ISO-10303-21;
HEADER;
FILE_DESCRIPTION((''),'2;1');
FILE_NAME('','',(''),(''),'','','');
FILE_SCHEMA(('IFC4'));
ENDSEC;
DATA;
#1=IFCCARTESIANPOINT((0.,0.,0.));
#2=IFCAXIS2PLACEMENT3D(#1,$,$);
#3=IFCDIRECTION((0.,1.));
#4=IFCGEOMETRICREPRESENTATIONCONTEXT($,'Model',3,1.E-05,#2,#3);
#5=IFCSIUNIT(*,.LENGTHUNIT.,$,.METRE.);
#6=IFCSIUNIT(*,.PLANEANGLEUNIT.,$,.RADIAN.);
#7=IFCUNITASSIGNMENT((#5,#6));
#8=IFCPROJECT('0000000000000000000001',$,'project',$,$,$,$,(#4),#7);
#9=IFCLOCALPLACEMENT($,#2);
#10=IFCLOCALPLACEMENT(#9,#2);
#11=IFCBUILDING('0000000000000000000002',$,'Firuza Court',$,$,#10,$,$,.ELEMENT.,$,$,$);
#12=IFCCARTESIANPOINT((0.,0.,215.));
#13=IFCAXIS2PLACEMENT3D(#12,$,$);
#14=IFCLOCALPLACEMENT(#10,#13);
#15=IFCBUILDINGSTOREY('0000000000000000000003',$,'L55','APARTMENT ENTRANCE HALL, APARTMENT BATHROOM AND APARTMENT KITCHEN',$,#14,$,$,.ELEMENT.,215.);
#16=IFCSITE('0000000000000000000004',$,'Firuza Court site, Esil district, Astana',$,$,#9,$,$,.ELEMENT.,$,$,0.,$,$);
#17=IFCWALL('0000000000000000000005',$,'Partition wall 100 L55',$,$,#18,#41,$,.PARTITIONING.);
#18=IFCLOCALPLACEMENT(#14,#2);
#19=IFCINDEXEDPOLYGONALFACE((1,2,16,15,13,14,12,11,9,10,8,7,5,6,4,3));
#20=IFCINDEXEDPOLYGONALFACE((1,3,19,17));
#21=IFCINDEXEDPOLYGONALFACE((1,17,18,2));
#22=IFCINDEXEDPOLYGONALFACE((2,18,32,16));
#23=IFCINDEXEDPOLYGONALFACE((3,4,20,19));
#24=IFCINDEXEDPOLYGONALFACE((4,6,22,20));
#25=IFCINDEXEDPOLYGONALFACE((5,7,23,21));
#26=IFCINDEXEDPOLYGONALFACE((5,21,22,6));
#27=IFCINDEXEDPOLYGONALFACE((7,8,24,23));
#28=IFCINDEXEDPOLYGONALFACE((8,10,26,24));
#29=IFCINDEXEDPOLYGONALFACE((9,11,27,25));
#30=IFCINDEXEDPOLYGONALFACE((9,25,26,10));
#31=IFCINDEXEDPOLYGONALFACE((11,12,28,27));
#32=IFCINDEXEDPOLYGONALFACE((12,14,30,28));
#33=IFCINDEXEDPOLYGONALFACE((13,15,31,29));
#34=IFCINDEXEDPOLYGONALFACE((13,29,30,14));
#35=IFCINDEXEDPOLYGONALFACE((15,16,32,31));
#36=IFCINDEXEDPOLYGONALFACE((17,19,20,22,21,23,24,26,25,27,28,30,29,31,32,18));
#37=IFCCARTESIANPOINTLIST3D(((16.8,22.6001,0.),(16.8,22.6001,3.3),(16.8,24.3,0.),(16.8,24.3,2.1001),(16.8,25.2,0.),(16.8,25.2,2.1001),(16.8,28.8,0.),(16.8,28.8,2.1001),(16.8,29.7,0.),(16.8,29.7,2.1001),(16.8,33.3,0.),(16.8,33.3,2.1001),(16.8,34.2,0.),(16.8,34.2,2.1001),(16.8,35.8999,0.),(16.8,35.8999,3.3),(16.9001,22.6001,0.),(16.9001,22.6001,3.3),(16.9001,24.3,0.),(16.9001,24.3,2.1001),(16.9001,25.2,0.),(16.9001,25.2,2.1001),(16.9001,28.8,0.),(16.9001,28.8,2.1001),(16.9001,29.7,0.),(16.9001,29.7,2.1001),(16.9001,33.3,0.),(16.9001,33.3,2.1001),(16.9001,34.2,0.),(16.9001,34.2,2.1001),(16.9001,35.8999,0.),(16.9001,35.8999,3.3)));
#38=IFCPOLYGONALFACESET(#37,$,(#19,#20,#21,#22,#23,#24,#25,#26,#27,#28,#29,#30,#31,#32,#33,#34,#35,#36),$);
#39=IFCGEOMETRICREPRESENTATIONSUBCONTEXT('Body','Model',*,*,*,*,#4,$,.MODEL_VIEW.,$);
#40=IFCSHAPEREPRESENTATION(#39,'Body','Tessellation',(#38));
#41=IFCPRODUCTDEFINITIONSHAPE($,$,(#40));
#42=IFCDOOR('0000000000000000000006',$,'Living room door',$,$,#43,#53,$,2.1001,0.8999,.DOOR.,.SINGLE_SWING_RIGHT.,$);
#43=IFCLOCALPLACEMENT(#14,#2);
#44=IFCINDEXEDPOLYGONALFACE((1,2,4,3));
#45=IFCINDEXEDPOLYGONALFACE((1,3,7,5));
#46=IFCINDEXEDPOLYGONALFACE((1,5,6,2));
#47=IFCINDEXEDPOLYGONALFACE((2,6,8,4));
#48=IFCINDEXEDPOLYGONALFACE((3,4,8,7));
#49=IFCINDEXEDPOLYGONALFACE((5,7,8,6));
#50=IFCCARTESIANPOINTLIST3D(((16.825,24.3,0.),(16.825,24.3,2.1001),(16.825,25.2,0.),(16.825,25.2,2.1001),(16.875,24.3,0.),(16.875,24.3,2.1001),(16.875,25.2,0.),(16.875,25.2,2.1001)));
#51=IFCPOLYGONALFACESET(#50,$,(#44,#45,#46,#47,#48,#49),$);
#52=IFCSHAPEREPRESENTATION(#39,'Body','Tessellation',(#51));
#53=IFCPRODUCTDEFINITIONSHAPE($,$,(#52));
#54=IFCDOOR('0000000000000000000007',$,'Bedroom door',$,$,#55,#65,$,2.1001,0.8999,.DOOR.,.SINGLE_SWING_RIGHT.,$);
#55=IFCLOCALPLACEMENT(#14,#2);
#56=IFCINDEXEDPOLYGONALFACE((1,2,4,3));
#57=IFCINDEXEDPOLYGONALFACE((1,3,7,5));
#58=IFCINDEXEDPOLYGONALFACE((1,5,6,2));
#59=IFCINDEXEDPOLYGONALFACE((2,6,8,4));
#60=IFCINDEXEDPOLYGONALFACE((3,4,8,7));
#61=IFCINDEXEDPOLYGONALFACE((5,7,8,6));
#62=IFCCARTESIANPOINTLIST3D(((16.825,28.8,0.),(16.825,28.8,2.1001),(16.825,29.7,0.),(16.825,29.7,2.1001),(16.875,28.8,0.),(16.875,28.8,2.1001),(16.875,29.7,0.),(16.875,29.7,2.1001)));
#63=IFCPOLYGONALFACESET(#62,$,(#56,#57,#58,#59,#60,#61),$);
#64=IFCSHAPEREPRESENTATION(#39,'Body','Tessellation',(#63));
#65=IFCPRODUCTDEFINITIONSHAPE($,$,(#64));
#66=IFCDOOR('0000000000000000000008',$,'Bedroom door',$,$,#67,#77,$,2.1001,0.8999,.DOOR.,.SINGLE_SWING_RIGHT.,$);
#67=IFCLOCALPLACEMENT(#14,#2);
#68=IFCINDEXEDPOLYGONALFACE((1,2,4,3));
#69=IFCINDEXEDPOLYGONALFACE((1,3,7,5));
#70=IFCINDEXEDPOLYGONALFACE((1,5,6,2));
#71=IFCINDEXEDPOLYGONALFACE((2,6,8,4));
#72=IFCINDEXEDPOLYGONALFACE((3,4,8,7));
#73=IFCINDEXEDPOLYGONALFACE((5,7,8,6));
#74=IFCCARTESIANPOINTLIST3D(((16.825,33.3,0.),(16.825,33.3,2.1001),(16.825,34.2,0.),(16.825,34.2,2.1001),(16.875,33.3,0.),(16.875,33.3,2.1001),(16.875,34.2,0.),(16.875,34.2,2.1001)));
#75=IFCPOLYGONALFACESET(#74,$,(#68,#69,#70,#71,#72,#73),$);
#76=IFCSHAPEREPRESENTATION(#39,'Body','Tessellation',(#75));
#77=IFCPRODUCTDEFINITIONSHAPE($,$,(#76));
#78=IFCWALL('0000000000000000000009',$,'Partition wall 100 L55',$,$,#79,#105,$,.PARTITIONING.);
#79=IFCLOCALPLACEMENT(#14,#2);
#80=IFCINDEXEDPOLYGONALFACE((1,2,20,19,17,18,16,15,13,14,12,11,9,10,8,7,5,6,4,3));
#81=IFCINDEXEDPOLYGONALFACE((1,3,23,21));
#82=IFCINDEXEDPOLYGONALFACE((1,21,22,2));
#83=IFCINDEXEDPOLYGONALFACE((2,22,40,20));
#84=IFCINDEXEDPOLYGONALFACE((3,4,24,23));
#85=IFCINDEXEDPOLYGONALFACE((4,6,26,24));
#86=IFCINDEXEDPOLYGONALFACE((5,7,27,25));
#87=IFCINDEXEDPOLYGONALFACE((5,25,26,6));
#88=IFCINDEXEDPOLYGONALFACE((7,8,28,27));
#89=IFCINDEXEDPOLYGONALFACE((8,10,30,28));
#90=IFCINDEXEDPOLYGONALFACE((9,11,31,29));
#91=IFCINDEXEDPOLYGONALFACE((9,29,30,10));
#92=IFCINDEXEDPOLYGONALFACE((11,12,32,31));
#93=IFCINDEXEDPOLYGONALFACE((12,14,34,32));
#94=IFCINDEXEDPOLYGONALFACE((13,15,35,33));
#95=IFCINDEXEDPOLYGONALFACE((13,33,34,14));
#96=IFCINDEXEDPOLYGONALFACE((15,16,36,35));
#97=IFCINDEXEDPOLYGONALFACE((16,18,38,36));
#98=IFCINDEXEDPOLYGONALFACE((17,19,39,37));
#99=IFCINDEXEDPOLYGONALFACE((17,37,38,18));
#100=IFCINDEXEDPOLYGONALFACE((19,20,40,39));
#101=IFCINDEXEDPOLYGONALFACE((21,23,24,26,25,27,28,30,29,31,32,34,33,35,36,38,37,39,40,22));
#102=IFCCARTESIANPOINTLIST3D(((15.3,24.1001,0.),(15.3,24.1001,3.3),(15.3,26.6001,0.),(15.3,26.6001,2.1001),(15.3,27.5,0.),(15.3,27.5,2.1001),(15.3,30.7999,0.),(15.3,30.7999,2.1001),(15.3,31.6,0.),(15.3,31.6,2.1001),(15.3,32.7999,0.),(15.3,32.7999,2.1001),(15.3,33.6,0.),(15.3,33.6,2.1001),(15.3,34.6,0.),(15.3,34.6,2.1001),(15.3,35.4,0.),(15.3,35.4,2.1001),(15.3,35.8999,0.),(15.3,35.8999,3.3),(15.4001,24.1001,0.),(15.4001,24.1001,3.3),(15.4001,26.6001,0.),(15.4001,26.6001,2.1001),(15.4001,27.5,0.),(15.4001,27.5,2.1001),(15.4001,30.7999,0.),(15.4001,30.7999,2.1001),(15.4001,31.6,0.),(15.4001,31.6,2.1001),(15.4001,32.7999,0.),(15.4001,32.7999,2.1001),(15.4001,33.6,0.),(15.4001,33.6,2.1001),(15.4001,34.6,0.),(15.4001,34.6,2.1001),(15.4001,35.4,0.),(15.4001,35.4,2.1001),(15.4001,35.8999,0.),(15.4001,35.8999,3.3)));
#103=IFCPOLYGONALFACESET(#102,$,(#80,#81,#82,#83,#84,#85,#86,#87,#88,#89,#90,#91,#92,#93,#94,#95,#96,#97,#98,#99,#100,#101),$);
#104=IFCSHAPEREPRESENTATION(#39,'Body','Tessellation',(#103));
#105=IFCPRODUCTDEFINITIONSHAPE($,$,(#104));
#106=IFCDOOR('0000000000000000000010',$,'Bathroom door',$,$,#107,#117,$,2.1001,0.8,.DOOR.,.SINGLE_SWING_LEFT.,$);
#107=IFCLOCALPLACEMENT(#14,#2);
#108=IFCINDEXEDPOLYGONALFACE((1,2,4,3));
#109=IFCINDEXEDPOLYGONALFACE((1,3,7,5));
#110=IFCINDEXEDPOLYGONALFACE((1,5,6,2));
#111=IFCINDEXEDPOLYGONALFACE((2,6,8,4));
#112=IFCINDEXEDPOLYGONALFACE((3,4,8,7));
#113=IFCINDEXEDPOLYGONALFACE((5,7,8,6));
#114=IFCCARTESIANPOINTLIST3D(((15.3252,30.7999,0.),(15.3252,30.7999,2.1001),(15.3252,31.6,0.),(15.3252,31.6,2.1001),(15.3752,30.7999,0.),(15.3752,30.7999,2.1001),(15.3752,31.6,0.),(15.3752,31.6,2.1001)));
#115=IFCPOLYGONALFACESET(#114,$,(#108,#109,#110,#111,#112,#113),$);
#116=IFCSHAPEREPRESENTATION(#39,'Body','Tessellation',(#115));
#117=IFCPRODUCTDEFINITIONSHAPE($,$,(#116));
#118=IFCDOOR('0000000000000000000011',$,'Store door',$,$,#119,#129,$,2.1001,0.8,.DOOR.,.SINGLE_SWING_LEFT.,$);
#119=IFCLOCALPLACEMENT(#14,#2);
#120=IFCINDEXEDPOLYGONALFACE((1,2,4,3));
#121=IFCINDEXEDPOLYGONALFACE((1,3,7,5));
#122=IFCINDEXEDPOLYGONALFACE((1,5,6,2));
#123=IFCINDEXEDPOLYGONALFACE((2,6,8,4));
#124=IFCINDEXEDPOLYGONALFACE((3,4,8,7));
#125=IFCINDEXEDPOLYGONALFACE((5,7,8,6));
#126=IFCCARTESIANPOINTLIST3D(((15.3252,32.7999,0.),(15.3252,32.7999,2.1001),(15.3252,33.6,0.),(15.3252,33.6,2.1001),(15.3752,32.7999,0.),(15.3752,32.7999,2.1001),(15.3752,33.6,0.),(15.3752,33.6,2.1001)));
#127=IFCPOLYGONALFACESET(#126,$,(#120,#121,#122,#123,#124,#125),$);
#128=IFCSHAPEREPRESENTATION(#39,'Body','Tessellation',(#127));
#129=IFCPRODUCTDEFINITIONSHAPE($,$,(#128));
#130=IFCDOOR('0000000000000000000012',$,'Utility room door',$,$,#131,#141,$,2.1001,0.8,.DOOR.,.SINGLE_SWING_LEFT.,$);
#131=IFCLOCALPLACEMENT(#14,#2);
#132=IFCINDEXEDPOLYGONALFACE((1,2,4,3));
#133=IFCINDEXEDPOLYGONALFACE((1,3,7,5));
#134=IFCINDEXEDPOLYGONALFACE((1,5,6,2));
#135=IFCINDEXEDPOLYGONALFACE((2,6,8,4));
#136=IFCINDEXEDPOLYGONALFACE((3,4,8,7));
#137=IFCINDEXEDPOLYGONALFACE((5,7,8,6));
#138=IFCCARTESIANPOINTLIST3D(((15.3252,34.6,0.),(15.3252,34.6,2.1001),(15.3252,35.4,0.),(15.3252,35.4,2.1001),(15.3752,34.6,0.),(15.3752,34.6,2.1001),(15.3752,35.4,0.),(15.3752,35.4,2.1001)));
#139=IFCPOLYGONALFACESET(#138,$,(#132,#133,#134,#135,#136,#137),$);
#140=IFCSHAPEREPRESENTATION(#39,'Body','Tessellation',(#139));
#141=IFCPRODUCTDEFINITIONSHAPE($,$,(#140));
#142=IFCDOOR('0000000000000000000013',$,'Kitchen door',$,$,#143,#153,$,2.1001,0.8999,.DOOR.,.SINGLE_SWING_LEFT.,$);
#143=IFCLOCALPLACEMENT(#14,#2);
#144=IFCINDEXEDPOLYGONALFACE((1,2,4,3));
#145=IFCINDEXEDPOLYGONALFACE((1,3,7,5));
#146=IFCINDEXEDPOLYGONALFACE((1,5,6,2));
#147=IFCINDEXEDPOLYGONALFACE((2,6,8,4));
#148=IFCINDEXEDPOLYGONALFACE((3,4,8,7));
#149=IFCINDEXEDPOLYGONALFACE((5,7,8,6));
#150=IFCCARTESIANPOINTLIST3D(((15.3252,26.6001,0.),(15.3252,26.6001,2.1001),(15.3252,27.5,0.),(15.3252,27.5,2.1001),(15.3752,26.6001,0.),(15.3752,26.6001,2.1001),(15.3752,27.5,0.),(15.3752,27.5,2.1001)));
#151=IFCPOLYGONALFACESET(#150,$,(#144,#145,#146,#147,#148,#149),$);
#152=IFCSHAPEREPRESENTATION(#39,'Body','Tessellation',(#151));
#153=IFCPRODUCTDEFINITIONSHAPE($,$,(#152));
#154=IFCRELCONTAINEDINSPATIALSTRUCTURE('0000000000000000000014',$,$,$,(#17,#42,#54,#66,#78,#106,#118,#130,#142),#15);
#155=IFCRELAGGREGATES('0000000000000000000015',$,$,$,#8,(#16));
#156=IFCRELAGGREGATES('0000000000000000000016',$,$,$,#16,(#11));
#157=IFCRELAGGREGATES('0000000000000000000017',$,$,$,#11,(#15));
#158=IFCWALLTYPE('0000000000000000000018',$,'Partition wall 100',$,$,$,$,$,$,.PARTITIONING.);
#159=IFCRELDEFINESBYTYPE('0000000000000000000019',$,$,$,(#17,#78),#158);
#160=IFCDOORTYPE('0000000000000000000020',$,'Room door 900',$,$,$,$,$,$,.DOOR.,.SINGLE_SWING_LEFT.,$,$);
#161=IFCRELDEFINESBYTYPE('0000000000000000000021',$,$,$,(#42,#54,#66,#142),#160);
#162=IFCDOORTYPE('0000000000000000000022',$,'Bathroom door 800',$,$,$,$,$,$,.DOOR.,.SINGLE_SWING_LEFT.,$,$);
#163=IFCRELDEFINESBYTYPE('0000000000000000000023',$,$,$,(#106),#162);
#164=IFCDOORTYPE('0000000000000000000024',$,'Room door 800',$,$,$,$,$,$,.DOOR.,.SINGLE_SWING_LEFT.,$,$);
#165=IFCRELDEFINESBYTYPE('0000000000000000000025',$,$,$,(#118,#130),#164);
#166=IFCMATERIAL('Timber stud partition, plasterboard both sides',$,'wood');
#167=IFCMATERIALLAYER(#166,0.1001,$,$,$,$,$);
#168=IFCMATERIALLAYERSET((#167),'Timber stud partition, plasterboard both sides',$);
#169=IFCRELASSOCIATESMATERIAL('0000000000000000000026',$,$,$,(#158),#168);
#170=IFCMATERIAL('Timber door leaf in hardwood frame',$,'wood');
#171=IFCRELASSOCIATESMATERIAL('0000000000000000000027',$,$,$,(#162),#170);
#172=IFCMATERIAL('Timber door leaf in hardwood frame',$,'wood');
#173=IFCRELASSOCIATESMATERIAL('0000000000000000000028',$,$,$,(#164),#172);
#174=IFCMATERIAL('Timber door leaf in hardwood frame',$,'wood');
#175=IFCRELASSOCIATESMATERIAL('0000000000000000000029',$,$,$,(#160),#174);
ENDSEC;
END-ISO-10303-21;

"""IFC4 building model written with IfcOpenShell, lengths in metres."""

from ifc_helpers import new_model, si_unit, direction, frame, frame_2d, origin, place, context, subcontext, project, spatial, rectangle, extrude, material, layer, layer_set, type_object, element, fill, save


model = new_model("IFC4")

# Units and contexts
model_context = context("Model", 3, precision=1e-05, world=origin(), true_north=direction((0.0, 1.0)))
body_context = subcontext(model_context, "Body", "Model", "MODEL_VIEW")
ifc_project = project(units=[si_unit("LENGTHUNIT", "METRE"), si_unit("PLANEANGLEUNIT", "RADIAN")], contexts=[model_context])

# Site, building, storey
site_placement = place(None, origin())
site = spatial("IfcSite", under=ifc_project, at=site_placement, Name="Firuza Court site, Esil district, Astana", CompositionType="ELEMENT", RefElevation=0.0)
building_placement = place(site_placement, origin())
building = spatial("IfcBuilding", under=site, at=building_placement, Name="Firuza Court", CompositionType="ELEMENT")
storey_placement = place(building_placement, frame((0.0, 0.0, 215.0)))
storey = spatial("IfcBuildingStorey", under=building, at=storey_placement, Name="L55", Description="APARTMENT ENTRANCE HALL, APARTMENT BATHROOM AND APARTMENT KITCHEN", CompositionType="ELEMENT", Elevation=215.0)

# Shared definitions
ifc_material_1 = material(Name="Timber stud partition, plasterboard both sides", Category="wood")
ifc_layer = layer(ifc_material_1, 0.1001)
ifc_layer_set = layer_set([ifc_layer], Name="Timber stud partition, plasterboard both sides")
wall_type = type_object("IfcWallType", Name="Partition wall 100", PredefinedType="PARTITIONING", material=ifc_layer_set)
ifc_material_2 = material(Name="Timber door leaf in hardwood frame", Category="wood")
door_type_1 = type_object("IfcDoorType", Name="Bathroom door 800", OperationType="SINGLE_SWING_LEFT", PredefinedType="DOOR", material=ifc_material_2)
ifc_material_3 = material(Name="Timber door leaf in hardwood frame", Category="wood")
door_type_2 = type_object("IfcDoorType", Name="Room door 800", OperationType="SINGLE_SWING_LEFT", PredefinedType="DOOR", material=ifc_material_3)

# Shared definitions
ifc_material_4 = material(Name="Timber door leaf in hardwood frame", Category="wood")
door_type_3 = type_object("IfcDoorType", Name="Room door 900", OperationType="SINGLE_SWING_LEFT", PredefinedType="DOOR", material=ifc_material_4)

# Walls, openings, doors
wall_1_placement = place(storey_placement, frame((16.8501, 22.6001, 0.0), z_axis=(0.0, 0.0, 1.0), x_axis=(0.0, 1.0, 0.0)))
wall_1 = element("IfcWall", 1, at=wall_1_placement, inside=storey, type_object=wall_type, Name="Partition wall 100 L55", PredefinedType="PARTITIONING", context=body_context, shape_type="SweptSolid", body=[
    extrude(rectangle(XDim=13.2998, YDim=0.1001, at=frame_2d((6.6499, 0.0))), origin(), (0.0, 0.0, 1.0), 3.3),
])
opening_1_placement = place(wall_1_placement, frame((1.7, 0.0, 0.0)))
opening_1 = element("IfcOpeningElement", 2, at=opening_1_placement, cuts=wall_1, PredefinedType="OPENING", context=body_context, shape_type="SweptSolid", body=[
    extrude(rectangle(XDim=0.8999, YDim=2.1001, at=frame_2d((0.45, 1.05))), frame((0.0, 0.062, 0.0), z_axis=(0.0, -1.0, 0.0), x_axis=(1.0, 0.0, 0.0)), (0.0, 0.0, 1.0), 0.124),
])
opening_2_placement = place(wall_1_placement, frame((6.2, 0.0, 0.0)))
opening_2 = element("IfcOpeningElement", 3, at=opening_2_placement, cuts=wall_1, PredefinedType="OPENING", context=body_context, shape_type="SweptSolid", body=[
    extrude(rectangle(XDim=0.8999, YDim=2.1001, at=frame_2d((0.45, 1.05))), frame((0.0, 0.062, 0.0), z_axis=(0.0, -1.0, 0.0), x_axis=(1.0, 0.0, 0.0)), (0.0, 0.0, 1.0), 0.124),
])
opening_3_placement = place(wall_1_placement, frame((10.7, 0.0, 0.0)))
opening_3 = element("IfcOpeningElement", 4, at=opening_3_placement, cuts=wall_1, PredefinedType="OPENING", context=body_context, shape_type="SweptSolid", body=[
    extrude(rectangle(XDim=0.8999, YDim=2.1001, at=frame_2d((0.45, 1.05))), frame((0.0, 0.062, 0.0), z_axis=(0.0, -1.0, 0.0), x_axis=(1.0, 0.0, 0.0)), (0.0, 0.0, 1.0), 0.124),
])
door_1_placement = place(opening_1_placement, frame((0.8999, 0.0, 0.0), z_axis=(0.0, 0.0, 1.0), x_axis=(-1.0, 0.0, 0.0)))
door_1 = element("IfcDoor", 5, at=door_1_placement, inside=storey, type_object=door_type_3, Name="Living room door", OperationType="SINGLE_SWING_RIGHT", OverallHeight=2.1001, OverallWidth=0.8999, PredefinedType="DOOR", context=body_context, shape_type="SweptSolid", body=[
    extrude(rectangle(XDim=0.8999, YDim=2.1001, at=frame_2d((0.45, 1.05))), frame((0.0, 0.0249, 0.0), z_axis=(0.0, -1.0, 0.0), x_axis=(1.0, 0.0, 0.0)), (0.0, 0.0, 1.0), 0.05),
])
fill(opening_1, door_1)
door_2_placement = place(opening_2_placement, frame((0.8999, 0.0, 0.0), z_axis=(0.0, 0.0, 1.0), x_axis=(-1.0, 0.0, 0.0)))
door_2 = element("IfcDoor", 6, at=door_2_placement, inside=storey, type_object=door_type_3, Name="Bedroom door", OperationType="SINGLE_SWING_RIGHT", OverallHeight=2.1001, OverallWidth=0.8999, PredefinedType="DOOR", context=body_context, shape_type="SweptSolid", body=[
    extrude(rectangle(XDim=0.8999, YDim=2.1001, at=frame_2d((0.45, 1.05))), frame((0.0, 0.0249, 0.0), z_axis=(0.0, -1.0, 0.0), x_axis=(1.0, 0.0, 0.0)), (0.0, 0.0, 1.0), 0.05),
])
fill(opening_2, door_2)
door_3_placement = place(opening_3_placement, frame((0.8999, 0.0, 0.0), z_axis=(0.0, 0.0, 1.0), x_axis=(-1.0, 0.0, 0.0)))
door_3 = element("IfcDoor", 7, at=door_3_placement, inside=storey, type_object=door_type_3, Name="Bedroom door", OperationType="SINGLE_SWING_RIGHT", OverallHeight=2.1001, OverallWidth=0.8999, PredefinedType="DOOR", context=body_context, shape_type="SweptSolid", body=[
    extrude(rectangle(XDim=0.8999, YDim=2.1001, at=frame_2d((0.45, 1.05))), frame((0.0, 0.0249, 0.0), z_axis=(0.0, -1.0, 0.0), x_axis=(1.0, 0.0, 0.0)), (0.0, 0.0, 1.0), 0.05),
])
fill(opening_3, door_3)
wall_2_placement = place(storey_placement, frame((15.3501, 24.1001, 0.0), z_axis=(0.0, 0.0, 1.0), x_axis=(0.0, 1.0, 0.0)))
wall_2 = element("IfcWall", 8, at=wall_2_placement, inside=storey, type_object=wall_type, Name="Partition wall 100 L55", PredefinedType="PARTITIONING", context=body_context, shape_type="SweptSolid", body=[
    extrude(rectangle(XDim=11.7998, YDim=0.1001, at=frame_2d((5.8999, 0.0))), origin(), (0.0, 0.0, 1.0), 3.3),
])
opening_4_placement = place(wall_2_placement, frame((6.7, 0.0, 0.0)))
opening_4 = element("IfcOpeningElement", 9, at=opening_4_placement, cuts=wall_2, PredefinedType="OPENING", context=body_context, shape_type="SweptSolid", body=[
    extrude(rectangle(XDim=0.8, YDim=2.1001, at=frame_2d((0.3999, 1.05))), frame((0.0, 0.062, 0.0), z_axis=(0.0, -1.0, 0.0), x_axis=(1.0, 0.0, 0.0)), (0.0, 0.0, 1.0), 0.124),
])
opening_5_placement = place(wall_2_placement, frame((2.5, 0.0, 0.0)))
opening_5 = element("IfcOpeningElement", 10, at=opening_5_placement, cuts=wall_2, PredefinedType="OPENING", context=body_context, shape_type="SweptSolid", body=[
    extrude(rectangle(XDim=0.8999, YDim=2.1001, at=frame_2d((0.45, 1.05))), frame((0.0, 0.062, 0.0), z_axis=(0.0, -1.0, 0.0), x_axis=(1.0, 0.0, 0.0)), (0.0, 0.0, 1.0), 0.124),
])
opening_6_placement = place(wall_2_placement, frame((8.7, 0.0, 0.0)))
opening_6 = element("IfcOpeningElement", 11, at=opening_6_placement, cuts=wall_2, PredefinedType="OPENING", context=body_context, shape_type="SweptSolid", body=[
    extrude(rectangle(XDim=0.8, YDim=2.1001, at=frame_2d((0.3999, 1.05))), frame((0.0, 0.062, 0.0), z_axis=(0.0, -1.0, 0.0), x_axis=(1.0, 0.0, 0.0)), (0.0, 0.0, 1.0), 0.124),
])
opening_7_placement = place(wall_2_placement, frame((10.5, 0.0, 0.0)))
opening_7 = element("IfcOpeningElement", 12, at=opening_7_placement, cuts=wall_2, PredefinedType="OPENING", context=body_context, shape_type="SweptSolid", body=[
    extrude(rectangle(XDim=0.8, YDim=2.1001, at=frame_2d((0.3999, 1.05))), frame((0.0, 0.062, 0.0), z_axis=(0.0, -1.0, 0.0), x_axis=(1.0, 0.0, 0.0)), (0.0, 0.0, 1.0), 0.124),
])
door_4_placement = place(opening_4_placement, origin())
door_4 = element("IfcDoor", 13, at=door_4_placement, inside=storey, type_object=door_type_1, Name="Bathroom door", OperationType="SINGLE_SWING_LEFT", OverallHeight=2.1001, OverallWidth=0.8, PredefinedType="DOOR", context=body_context, shape_type="SweptSolid", body=[
    extrude(rectangle(XDim=0.8, YDim=2.1001, at=frame_2d((0.3999, 1.05))), frame((0.0, 0.0249, 0.0), z_axis=(0.0, -1.0, 0.0), x_axis=(1.0, 0.0, 0.0)), (0.0, 0.0, 1.0), 0.05),
])
fill(opening_4, door_4)
door_5_placement = place(opening_6_placement, origin())
door_5 = element("IfcDoor", 14, at=door_5_placement, inside=storey, type_object=door_type_2, Name="Store door", OperationType="SINGLE_SWING_LEFT", OverallHeight=2.1001, OverallWidth=0.8, PredefinedType="DOOR", context=body_context, shape_type="SweptSolid", body=[
    extrude(rectangle(XDim=0.8, YDim=2.1001, at=frame_2d((0.3999, 1.05))), frame((0.0, 0.0249, 0.0), z_axis=(0.0, -1.0, 0.0), x_axis=(1.0, 0.0, 0.0)), (0.0, 0.0, 1.0), 0.05),
])
fill(opening_6, door_5)
door_6_placement = place(opening_7_placement, origin())
door_6 = element("IfcDoor", 15, at=door_6_placement, inside=storey, type_object=door_type_2, Name="Utility room door", OperationType="SINGLE_SWING_LEFT", OverallHeight=2.1001, OverallWidth=0.8, PredefinedType="DOOR", context=body_context, shape_type="SweptSolid", body=[
    extrude(rectangle(XDim=0.8, YDim=2.1001, at=frame_2d((0.3999, 1.05))), frame((0.0, 0.0249, 0.0), z_axis=(0.0, -1.0, 0.0), x_axis=(1.0, 0.0, 0.0)), (0.0, 0.0, 1.0), 0.05),
])
fill(opening_7, door_6)
door_7_placement = place(opening_5_placement, origin())
door_7 = element("IfcDoor", 16, at=door_7_placement, inside=storey, type_object=door_type_3, Name="Kitchen door", OperationType="SINGLE_SWING_LEFT", OverallHeight=2.1001, OverallWidth=0.8999, PredefinedType="DOOR", context=body_context, shape_type="SweptSolid", body=[
    extrude(rectangle(XDim=0.8999, YDim=2.1001, at=frame_2d((0.45, 1.05))), frame((0.0, 0.0249, 0.0), z_axis=(0.0, -1.0, 0.0), x_axis=(1.0, 0.0, 0.0)), (0.0, 0.0, 1.0), 0.05),
])
fill(opening_5, door_7)

save(model, "model.ifc")
